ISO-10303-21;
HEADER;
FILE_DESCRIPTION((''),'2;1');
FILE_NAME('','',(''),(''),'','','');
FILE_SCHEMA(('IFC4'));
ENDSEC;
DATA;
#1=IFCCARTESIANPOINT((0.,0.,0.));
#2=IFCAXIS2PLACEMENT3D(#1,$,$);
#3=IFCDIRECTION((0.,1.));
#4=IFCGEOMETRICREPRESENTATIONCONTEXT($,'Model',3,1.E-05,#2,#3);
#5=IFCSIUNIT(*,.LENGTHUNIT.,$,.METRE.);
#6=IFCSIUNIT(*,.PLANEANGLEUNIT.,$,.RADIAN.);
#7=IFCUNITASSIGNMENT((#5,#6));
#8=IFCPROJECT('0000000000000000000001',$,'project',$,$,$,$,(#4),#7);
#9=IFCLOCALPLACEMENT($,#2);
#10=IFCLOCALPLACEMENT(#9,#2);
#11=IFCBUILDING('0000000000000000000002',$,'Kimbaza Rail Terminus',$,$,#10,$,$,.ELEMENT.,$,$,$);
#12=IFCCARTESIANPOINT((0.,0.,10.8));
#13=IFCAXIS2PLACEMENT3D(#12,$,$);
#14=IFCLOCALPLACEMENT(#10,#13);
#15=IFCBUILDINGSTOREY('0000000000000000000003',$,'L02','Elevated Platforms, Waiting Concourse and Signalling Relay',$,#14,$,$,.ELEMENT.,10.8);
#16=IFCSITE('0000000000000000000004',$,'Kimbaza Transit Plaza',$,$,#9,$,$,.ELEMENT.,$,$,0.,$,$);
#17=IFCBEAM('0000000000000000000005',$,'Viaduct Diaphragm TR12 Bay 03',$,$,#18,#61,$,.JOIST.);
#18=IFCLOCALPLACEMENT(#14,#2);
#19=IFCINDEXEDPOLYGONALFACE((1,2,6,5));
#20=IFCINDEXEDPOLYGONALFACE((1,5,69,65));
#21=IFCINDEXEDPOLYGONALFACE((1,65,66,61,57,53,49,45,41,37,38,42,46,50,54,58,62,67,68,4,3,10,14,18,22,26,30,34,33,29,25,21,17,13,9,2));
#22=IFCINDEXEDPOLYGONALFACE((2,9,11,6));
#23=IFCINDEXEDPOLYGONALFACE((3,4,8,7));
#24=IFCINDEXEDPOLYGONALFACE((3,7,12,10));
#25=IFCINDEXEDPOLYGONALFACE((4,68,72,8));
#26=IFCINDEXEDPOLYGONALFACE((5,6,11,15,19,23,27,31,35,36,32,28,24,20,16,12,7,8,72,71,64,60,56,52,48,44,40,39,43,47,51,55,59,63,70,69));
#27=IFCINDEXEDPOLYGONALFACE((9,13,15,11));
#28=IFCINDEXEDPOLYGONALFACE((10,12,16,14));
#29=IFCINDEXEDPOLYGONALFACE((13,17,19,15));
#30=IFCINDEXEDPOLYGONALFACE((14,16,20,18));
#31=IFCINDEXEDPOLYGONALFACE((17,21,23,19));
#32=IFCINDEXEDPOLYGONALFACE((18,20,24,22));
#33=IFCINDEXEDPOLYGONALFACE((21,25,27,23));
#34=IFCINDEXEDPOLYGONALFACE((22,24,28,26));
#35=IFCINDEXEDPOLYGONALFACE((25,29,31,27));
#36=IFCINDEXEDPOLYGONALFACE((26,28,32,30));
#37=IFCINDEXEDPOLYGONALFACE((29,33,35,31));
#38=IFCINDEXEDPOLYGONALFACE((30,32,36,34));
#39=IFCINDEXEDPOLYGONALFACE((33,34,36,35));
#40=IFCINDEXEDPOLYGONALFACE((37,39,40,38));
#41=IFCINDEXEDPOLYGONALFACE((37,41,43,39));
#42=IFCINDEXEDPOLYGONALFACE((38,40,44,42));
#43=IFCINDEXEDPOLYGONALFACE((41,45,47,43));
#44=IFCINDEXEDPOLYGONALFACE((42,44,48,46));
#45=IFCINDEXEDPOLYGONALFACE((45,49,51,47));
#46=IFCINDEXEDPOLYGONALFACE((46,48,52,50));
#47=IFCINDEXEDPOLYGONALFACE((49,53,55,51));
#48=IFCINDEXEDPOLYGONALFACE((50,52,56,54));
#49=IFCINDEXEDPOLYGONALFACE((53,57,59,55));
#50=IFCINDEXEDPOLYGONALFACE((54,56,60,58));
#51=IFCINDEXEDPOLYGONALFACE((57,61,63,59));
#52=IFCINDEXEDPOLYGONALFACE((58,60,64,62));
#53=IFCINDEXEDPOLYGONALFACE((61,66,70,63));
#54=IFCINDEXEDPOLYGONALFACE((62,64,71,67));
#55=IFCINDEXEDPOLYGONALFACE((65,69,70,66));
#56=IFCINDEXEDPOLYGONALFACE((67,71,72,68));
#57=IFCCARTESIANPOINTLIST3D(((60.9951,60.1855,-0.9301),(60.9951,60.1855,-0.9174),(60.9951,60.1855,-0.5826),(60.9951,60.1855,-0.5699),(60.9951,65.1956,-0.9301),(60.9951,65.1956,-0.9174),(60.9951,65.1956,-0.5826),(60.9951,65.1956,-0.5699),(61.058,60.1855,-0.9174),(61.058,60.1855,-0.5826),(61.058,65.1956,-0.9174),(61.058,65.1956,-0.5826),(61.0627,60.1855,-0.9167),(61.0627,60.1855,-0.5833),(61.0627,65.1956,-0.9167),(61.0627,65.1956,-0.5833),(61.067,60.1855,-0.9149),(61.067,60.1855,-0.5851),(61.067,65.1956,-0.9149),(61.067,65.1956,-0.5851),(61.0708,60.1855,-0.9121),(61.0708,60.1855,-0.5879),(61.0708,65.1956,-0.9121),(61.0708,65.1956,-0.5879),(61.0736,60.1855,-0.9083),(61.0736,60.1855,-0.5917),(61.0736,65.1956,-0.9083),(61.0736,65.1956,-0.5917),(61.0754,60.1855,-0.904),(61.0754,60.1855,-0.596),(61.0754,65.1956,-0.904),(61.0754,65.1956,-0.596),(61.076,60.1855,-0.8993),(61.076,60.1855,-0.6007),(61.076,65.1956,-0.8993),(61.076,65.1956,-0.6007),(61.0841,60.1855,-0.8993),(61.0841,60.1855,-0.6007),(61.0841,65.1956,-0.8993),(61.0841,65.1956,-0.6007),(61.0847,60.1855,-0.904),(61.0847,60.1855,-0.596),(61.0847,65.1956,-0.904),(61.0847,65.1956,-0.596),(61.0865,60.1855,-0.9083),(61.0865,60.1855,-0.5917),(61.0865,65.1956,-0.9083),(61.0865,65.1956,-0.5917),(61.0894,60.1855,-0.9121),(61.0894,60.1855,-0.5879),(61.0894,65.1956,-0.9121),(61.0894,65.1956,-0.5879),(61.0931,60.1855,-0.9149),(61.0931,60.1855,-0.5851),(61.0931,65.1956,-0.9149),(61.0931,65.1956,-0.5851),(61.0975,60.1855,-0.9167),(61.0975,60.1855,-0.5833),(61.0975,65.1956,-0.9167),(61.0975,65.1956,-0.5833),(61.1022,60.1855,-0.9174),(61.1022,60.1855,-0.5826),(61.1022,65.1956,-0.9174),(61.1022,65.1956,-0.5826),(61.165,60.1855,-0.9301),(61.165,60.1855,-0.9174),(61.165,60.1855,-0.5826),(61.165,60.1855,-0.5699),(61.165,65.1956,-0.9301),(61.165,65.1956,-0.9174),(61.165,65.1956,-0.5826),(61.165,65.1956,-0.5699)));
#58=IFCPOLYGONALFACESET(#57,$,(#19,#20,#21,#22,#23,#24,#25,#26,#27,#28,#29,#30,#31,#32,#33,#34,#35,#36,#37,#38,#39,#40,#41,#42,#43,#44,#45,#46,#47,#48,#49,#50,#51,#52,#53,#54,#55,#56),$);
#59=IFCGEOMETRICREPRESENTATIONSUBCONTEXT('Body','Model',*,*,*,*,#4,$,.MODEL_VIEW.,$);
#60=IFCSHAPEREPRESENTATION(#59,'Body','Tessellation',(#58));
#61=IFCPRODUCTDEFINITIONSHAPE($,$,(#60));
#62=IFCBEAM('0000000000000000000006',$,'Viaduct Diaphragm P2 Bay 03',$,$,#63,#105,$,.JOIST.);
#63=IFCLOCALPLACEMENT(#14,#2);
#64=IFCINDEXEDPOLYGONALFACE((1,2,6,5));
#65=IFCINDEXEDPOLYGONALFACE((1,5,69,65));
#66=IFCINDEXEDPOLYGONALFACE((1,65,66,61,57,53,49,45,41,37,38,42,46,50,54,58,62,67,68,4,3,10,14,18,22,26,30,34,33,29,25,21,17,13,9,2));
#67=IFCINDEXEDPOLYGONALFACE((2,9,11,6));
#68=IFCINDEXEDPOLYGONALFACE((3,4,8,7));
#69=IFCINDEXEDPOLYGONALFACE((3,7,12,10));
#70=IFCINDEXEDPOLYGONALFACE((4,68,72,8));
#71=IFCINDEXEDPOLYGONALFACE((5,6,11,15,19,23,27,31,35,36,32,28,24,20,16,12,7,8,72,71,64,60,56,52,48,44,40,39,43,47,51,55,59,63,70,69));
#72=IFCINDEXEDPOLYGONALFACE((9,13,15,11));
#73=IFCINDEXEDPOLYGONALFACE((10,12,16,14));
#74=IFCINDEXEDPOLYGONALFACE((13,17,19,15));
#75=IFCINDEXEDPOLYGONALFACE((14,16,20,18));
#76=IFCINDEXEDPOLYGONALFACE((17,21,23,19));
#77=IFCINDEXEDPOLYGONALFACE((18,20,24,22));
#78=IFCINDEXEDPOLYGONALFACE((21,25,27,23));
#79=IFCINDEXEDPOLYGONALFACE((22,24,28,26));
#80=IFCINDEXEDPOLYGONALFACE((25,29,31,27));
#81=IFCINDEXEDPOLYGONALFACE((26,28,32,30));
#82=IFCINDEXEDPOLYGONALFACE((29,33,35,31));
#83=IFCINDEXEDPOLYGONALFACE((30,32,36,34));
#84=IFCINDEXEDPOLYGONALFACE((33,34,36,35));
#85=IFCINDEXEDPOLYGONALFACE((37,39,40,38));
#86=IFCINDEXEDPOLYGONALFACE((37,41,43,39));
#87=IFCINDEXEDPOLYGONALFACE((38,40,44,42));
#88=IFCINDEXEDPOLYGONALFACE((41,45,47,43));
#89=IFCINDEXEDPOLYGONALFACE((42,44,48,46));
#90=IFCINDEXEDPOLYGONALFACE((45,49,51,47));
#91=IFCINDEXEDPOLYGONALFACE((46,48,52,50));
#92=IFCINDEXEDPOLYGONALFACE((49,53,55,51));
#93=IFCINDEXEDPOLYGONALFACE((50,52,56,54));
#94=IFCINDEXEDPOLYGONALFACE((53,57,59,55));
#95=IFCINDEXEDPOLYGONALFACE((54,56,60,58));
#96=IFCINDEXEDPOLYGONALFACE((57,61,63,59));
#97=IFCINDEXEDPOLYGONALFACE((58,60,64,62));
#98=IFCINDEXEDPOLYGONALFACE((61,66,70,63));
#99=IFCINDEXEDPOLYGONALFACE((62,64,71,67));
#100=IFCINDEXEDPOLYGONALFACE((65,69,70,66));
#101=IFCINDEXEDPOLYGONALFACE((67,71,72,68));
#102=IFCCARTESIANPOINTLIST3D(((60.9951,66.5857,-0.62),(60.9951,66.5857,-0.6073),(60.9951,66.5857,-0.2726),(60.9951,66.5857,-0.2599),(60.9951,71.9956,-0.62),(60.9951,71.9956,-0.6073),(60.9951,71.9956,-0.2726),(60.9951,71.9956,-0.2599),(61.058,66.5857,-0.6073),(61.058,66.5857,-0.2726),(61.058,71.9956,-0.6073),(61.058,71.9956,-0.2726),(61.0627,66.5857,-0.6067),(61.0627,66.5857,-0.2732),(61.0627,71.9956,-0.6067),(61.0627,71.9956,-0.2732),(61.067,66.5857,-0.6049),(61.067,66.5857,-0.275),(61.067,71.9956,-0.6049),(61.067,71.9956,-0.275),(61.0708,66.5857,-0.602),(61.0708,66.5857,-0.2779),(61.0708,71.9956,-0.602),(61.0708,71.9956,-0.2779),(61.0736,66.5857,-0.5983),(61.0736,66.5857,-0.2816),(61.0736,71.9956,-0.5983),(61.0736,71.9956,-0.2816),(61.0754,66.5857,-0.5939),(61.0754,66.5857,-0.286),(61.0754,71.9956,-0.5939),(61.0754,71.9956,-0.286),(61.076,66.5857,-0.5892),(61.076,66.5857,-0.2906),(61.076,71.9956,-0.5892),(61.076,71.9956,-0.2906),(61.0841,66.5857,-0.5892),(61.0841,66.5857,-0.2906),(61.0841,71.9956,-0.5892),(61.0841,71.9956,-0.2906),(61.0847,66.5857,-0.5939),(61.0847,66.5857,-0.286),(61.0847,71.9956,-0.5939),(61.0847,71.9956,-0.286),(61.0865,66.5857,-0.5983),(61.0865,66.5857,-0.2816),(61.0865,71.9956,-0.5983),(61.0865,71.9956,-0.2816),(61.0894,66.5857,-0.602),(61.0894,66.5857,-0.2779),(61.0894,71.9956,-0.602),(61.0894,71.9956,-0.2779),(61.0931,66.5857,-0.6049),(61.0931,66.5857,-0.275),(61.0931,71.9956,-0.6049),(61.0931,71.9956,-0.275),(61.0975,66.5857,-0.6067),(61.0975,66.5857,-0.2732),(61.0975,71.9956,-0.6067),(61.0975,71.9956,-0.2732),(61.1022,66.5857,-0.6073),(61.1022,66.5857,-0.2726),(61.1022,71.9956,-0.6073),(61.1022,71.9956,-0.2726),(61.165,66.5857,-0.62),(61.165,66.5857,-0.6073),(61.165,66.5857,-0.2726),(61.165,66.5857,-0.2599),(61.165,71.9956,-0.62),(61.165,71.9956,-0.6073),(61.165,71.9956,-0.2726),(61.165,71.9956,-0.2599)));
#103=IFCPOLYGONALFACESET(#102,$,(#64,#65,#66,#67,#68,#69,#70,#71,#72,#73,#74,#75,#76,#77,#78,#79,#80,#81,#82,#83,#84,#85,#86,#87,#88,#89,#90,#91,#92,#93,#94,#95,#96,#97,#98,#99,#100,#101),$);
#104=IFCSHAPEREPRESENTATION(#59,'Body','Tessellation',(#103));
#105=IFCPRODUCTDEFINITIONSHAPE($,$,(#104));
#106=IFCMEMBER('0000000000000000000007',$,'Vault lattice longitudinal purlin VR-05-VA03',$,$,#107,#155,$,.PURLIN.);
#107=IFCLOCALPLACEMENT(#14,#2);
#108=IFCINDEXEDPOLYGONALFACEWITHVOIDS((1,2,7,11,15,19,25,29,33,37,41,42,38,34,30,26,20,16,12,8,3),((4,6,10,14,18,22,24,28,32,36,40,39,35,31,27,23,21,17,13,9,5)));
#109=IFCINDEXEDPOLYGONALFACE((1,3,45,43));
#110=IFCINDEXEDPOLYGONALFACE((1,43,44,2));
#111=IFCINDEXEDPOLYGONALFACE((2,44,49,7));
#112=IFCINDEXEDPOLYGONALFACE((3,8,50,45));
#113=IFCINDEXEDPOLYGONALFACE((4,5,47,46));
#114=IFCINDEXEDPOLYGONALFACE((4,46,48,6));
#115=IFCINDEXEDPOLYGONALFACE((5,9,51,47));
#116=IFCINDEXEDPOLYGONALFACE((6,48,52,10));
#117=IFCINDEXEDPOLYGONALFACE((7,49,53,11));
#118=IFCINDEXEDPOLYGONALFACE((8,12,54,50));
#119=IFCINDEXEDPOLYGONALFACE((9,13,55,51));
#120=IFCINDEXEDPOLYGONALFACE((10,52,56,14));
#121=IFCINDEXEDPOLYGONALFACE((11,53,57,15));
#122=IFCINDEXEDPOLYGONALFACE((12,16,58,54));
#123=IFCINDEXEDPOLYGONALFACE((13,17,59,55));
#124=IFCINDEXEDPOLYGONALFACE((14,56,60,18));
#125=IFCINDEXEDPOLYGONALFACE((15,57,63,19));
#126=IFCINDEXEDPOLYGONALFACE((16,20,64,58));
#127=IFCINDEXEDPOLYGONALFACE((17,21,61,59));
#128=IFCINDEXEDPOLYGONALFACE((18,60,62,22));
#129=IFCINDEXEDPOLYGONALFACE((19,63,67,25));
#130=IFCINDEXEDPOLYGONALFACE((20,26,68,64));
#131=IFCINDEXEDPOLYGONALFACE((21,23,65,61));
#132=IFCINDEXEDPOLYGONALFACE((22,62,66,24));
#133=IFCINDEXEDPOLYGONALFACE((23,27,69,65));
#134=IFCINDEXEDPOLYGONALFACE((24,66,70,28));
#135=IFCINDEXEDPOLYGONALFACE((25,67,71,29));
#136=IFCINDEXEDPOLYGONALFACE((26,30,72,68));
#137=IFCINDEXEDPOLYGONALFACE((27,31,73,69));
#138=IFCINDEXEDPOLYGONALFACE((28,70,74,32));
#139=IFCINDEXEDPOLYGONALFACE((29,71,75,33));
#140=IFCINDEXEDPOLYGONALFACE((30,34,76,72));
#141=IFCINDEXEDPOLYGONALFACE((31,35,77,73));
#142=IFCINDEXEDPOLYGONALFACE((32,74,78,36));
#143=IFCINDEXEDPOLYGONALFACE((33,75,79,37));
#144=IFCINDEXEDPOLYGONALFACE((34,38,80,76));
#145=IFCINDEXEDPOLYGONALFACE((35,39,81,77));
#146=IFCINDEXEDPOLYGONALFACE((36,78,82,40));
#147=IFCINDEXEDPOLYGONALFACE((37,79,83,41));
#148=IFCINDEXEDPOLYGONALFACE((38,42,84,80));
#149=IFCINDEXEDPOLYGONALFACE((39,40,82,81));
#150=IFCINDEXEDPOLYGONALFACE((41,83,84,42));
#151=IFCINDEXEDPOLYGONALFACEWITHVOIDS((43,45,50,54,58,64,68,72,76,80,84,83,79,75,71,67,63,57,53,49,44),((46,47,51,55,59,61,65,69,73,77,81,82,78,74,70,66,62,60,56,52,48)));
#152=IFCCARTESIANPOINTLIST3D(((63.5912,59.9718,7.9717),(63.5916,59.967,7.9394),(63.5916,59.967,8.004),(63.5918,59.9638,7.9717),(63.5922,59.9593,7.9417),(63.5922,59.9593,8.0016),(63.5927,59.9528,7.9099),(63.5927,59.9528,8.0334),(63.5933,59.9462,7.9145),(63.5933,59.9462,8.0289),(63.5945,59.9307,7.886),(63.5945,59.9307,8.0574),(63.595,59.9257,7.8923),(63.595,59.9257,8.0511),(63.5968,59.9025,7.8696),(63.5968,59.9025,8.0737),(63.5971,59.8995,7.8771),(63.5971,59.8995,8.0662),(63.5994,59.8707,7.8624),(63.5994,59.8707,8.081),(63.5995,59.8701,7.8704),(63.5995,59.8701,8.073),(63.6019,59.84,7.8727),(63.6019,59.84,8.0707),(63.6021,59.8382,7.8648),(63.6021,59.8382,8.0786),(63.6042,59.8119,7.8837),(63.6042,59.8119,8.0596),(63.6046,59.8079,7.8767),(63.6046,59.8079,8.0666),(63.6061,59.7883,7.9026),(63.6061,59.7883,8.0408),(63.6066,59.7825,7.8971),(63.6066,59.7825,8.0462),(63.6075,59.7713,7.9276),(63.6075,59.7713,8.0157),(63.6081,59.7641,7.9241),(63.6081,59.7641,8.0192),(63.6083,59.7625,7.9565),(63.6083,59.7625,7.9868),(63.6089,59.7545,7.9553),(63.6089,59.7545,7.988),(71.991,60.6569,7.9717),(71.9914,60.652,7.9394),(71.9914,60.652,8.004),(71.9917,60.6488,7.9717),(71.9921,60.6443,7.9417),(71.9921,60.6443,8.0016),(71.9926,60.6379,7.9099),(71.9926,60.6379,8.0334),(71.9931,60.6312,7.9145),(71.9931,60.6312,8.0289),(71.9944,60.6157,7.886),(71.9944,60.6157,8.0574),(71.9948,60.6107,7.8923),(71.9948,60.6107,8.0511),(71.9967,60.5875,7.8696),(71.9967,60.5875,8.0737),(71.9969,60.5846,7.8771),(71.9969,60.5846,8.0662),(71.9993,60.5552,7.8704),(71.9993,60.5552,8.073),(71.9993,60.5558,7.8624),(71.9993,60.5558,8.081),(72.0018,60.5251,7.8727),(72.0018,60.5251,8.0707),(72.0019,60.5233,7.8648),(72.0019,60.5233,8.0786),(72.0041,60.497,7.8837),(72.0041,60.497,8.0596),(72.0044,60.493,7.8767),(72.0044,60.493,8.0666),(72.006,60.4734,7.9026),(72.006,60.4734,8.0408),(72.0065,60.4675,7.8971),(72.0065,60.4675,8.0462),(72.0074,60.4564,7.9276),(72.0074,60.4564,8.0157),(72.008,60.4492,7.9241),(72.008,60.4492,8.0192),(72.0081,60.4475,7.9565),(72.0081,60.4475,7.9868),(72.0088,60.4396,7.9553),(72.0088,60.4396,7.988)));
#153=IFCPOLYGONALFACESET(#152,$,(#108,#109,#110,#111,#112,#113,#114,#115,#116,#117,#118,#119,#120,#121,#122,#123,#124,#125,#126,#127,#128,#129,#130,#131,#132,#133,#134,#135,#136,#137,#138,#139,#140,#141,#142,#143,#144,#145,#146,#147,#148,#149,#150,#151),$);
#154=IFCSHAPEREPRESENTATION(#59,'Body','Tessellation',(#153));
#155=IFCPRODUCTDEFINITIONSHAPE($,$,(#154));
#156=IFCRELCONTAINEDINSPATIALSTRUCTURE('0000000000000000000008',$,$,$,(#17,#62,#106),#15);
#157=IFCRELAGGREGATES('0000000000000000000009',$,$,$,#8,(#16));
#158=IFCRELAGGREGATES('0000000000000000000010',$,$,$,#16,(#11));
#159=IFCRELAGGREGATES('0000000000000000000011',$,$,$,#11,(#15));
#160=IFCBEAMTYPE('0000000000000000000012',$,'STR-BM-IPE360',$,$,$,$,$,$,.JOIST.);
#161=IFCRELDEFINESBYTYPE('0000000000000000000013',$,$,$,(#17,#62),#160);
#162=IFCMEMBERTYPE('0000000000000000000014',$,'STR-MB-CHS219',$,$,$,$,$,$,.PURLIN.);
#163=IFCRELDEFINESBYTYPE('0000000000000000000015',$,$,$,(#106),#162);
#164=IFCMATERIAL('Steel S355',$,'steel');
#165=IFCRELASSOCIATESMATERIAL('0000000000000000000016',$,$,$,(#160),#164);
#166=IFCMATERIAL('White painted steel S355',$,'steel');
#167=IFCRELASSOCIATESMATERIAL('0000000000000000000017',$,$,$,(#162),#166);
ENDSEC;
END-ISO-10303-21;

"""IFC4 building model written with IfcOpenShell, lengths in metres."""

from ifc_helpers import new_model, si_unit, direction, frame, origin, origin_2d, place, context, subcontext, project, spatial, hollow_circle, i_section, extrude, material, material_profile, profile_set, type_object, element, save


model = new_model("IFC4")

# Units and contexts
model_context = context("Model", 3, precision=1e-05, world=origin(), true_north=direction((0.0, 1.0)))
body_context = subcontext(model_context, "Body", "Model", "MODEL_VIEW")
ifc_project = project(units=[si_unit("LENGTHUNIT", "METRE"), si_unit("PLANEANGLEUNIT", "RADIAN")], contexts=[model_context])

# Site, building, storey
site_placement = place(None, origin())
site = spatial("IfcSite", under=ifc_project, at=site_placement, Name="Kimbaza Transit Plaza", CompositionType="ELEMENT", RefElevation=0.0)
building_placement = place(site_placement, origin())
building = spatial("IfcBuilding", under=site, at=building_placement, Name="Kimbaza Rail Terminus", CompositionType="ELEMENT")
storey_placement = place(building_placement, frame((0.0, 0.0, 10.8)))
storey = spatial("IfcBuildingStorey", under=building, at=storey_placement, Name="L02", Description="Elevated Platforms, Waiting Concourse and Signalling Relay", CompositionType="ELEMENT", Elevation=10.8)

# Beams
ifc_material_1 = material(Name="Steel S355", Category="steel")
ifc_material_profile_1 = material_profile(ifc_material_1, i_section(OverallWidth=0.1699, OverallDepth=0.3601, WebThickness=0.0081, FlangeThickness=0.0127, FilletRadius=0.0181, at=origin_2d()), Name="IPE 360")
ifc_profile_set_1 = profile_set([ifc_material_profile_1], Name="Steel S355")
beam_type = type_object("IfcBeamType", Name="STR-BM-IPE360", PredefinedType="JOIST", material=ifc_profile_set_1)
beam_1_placement = place(storey_placement, frame((61.0801, 60.1855, -0.75), z_axis=(0.0, 1.0, 0.0), x_axis=(-1.0, 0.0, 0.0)))
element("IfcBeam", 1, at=beam_1_placement, inside=storey, type_object=beam_type, Name="Viaduct Diaphragm TR12 Bay 03", PredefinedType="JOIST", context=body_context, shape_type="SweptSolid", body=[
    extrude(i_section(OverallWidth=0.1699, OverallDepth=0.3601, WebThickness=0.0081, FlangeThickness=0.0127, FilletRadius=0.0181, at=origin_2d()), origin(), (0.0, 0.0, 1.0), 5.01),
])
beam_2_placement = place(storey_placement, frame((61.0801, 66.5857, -0.4399), z_axis=(0.0, 1.0, 0.0), x_axis=(-1.0, 0.0, 0.0)))
element("IfcBeam", 2, at=beam_2_placement, inside=storey, type_object=beam_type, Name="Viaduct Diaphragm P2 Bay 03", PredefinedType="JOIST", context=body_context, shape_type="SweptSolid", body=[
    extrude(i_section(OverallWidth=0.1699, OverallDepth=0.3601, WebThickness=0.0081, FlangeThickness=0.0127, FilletRadius=0.0181, at=origin_2d()), origin(), (0.0, 0.0, 1.0), 5.4099),
])

# Member
ifc_material_2 = material(Name="White painted steel S355", Category="steel")
ifc_material_profile_2 = material_profile(ifc_material_2, hollow_circle(Radius=0.1096, WallThickness=0.0081, at=origin_2d()), Name="CHS 219.1x8")
ifc_profile_set_2 = profile_set([ifc_material_profile_2], Name="White painted steel S355")
member_type_1 = type_object("IfcMemberType", Name="STR-MB-CHS219", PredefinedType="PURLIN", material=ifc_profile_set_2)
for number, where, z_axis, x_axis, name in (
    (3, (63.6001, 59.8625, 7.9717), (0.996691, 0.081286, 0.0), (-0.081286, 0.996691, 0.0), "Vault lattice longitudinal purlin VR-05-VA03"),
):
    element("IfcMember", number, at=place(storey_placement, frame(where, z_axis=z_axis, x_axis=x_axis)), inside=storey, type_object=member_type_1, Name=name, PredefinedType="PURLIN", context=body_context, shape_type="SweptSolid", body=[
        extrude(hollow_circle(Radius=0.1096, WallThickness=0.0081, at=origin_2d()), origin(), (0.0, 0.0, 1.0), 8.4277),
    ])

save(model, "model.ifc")
